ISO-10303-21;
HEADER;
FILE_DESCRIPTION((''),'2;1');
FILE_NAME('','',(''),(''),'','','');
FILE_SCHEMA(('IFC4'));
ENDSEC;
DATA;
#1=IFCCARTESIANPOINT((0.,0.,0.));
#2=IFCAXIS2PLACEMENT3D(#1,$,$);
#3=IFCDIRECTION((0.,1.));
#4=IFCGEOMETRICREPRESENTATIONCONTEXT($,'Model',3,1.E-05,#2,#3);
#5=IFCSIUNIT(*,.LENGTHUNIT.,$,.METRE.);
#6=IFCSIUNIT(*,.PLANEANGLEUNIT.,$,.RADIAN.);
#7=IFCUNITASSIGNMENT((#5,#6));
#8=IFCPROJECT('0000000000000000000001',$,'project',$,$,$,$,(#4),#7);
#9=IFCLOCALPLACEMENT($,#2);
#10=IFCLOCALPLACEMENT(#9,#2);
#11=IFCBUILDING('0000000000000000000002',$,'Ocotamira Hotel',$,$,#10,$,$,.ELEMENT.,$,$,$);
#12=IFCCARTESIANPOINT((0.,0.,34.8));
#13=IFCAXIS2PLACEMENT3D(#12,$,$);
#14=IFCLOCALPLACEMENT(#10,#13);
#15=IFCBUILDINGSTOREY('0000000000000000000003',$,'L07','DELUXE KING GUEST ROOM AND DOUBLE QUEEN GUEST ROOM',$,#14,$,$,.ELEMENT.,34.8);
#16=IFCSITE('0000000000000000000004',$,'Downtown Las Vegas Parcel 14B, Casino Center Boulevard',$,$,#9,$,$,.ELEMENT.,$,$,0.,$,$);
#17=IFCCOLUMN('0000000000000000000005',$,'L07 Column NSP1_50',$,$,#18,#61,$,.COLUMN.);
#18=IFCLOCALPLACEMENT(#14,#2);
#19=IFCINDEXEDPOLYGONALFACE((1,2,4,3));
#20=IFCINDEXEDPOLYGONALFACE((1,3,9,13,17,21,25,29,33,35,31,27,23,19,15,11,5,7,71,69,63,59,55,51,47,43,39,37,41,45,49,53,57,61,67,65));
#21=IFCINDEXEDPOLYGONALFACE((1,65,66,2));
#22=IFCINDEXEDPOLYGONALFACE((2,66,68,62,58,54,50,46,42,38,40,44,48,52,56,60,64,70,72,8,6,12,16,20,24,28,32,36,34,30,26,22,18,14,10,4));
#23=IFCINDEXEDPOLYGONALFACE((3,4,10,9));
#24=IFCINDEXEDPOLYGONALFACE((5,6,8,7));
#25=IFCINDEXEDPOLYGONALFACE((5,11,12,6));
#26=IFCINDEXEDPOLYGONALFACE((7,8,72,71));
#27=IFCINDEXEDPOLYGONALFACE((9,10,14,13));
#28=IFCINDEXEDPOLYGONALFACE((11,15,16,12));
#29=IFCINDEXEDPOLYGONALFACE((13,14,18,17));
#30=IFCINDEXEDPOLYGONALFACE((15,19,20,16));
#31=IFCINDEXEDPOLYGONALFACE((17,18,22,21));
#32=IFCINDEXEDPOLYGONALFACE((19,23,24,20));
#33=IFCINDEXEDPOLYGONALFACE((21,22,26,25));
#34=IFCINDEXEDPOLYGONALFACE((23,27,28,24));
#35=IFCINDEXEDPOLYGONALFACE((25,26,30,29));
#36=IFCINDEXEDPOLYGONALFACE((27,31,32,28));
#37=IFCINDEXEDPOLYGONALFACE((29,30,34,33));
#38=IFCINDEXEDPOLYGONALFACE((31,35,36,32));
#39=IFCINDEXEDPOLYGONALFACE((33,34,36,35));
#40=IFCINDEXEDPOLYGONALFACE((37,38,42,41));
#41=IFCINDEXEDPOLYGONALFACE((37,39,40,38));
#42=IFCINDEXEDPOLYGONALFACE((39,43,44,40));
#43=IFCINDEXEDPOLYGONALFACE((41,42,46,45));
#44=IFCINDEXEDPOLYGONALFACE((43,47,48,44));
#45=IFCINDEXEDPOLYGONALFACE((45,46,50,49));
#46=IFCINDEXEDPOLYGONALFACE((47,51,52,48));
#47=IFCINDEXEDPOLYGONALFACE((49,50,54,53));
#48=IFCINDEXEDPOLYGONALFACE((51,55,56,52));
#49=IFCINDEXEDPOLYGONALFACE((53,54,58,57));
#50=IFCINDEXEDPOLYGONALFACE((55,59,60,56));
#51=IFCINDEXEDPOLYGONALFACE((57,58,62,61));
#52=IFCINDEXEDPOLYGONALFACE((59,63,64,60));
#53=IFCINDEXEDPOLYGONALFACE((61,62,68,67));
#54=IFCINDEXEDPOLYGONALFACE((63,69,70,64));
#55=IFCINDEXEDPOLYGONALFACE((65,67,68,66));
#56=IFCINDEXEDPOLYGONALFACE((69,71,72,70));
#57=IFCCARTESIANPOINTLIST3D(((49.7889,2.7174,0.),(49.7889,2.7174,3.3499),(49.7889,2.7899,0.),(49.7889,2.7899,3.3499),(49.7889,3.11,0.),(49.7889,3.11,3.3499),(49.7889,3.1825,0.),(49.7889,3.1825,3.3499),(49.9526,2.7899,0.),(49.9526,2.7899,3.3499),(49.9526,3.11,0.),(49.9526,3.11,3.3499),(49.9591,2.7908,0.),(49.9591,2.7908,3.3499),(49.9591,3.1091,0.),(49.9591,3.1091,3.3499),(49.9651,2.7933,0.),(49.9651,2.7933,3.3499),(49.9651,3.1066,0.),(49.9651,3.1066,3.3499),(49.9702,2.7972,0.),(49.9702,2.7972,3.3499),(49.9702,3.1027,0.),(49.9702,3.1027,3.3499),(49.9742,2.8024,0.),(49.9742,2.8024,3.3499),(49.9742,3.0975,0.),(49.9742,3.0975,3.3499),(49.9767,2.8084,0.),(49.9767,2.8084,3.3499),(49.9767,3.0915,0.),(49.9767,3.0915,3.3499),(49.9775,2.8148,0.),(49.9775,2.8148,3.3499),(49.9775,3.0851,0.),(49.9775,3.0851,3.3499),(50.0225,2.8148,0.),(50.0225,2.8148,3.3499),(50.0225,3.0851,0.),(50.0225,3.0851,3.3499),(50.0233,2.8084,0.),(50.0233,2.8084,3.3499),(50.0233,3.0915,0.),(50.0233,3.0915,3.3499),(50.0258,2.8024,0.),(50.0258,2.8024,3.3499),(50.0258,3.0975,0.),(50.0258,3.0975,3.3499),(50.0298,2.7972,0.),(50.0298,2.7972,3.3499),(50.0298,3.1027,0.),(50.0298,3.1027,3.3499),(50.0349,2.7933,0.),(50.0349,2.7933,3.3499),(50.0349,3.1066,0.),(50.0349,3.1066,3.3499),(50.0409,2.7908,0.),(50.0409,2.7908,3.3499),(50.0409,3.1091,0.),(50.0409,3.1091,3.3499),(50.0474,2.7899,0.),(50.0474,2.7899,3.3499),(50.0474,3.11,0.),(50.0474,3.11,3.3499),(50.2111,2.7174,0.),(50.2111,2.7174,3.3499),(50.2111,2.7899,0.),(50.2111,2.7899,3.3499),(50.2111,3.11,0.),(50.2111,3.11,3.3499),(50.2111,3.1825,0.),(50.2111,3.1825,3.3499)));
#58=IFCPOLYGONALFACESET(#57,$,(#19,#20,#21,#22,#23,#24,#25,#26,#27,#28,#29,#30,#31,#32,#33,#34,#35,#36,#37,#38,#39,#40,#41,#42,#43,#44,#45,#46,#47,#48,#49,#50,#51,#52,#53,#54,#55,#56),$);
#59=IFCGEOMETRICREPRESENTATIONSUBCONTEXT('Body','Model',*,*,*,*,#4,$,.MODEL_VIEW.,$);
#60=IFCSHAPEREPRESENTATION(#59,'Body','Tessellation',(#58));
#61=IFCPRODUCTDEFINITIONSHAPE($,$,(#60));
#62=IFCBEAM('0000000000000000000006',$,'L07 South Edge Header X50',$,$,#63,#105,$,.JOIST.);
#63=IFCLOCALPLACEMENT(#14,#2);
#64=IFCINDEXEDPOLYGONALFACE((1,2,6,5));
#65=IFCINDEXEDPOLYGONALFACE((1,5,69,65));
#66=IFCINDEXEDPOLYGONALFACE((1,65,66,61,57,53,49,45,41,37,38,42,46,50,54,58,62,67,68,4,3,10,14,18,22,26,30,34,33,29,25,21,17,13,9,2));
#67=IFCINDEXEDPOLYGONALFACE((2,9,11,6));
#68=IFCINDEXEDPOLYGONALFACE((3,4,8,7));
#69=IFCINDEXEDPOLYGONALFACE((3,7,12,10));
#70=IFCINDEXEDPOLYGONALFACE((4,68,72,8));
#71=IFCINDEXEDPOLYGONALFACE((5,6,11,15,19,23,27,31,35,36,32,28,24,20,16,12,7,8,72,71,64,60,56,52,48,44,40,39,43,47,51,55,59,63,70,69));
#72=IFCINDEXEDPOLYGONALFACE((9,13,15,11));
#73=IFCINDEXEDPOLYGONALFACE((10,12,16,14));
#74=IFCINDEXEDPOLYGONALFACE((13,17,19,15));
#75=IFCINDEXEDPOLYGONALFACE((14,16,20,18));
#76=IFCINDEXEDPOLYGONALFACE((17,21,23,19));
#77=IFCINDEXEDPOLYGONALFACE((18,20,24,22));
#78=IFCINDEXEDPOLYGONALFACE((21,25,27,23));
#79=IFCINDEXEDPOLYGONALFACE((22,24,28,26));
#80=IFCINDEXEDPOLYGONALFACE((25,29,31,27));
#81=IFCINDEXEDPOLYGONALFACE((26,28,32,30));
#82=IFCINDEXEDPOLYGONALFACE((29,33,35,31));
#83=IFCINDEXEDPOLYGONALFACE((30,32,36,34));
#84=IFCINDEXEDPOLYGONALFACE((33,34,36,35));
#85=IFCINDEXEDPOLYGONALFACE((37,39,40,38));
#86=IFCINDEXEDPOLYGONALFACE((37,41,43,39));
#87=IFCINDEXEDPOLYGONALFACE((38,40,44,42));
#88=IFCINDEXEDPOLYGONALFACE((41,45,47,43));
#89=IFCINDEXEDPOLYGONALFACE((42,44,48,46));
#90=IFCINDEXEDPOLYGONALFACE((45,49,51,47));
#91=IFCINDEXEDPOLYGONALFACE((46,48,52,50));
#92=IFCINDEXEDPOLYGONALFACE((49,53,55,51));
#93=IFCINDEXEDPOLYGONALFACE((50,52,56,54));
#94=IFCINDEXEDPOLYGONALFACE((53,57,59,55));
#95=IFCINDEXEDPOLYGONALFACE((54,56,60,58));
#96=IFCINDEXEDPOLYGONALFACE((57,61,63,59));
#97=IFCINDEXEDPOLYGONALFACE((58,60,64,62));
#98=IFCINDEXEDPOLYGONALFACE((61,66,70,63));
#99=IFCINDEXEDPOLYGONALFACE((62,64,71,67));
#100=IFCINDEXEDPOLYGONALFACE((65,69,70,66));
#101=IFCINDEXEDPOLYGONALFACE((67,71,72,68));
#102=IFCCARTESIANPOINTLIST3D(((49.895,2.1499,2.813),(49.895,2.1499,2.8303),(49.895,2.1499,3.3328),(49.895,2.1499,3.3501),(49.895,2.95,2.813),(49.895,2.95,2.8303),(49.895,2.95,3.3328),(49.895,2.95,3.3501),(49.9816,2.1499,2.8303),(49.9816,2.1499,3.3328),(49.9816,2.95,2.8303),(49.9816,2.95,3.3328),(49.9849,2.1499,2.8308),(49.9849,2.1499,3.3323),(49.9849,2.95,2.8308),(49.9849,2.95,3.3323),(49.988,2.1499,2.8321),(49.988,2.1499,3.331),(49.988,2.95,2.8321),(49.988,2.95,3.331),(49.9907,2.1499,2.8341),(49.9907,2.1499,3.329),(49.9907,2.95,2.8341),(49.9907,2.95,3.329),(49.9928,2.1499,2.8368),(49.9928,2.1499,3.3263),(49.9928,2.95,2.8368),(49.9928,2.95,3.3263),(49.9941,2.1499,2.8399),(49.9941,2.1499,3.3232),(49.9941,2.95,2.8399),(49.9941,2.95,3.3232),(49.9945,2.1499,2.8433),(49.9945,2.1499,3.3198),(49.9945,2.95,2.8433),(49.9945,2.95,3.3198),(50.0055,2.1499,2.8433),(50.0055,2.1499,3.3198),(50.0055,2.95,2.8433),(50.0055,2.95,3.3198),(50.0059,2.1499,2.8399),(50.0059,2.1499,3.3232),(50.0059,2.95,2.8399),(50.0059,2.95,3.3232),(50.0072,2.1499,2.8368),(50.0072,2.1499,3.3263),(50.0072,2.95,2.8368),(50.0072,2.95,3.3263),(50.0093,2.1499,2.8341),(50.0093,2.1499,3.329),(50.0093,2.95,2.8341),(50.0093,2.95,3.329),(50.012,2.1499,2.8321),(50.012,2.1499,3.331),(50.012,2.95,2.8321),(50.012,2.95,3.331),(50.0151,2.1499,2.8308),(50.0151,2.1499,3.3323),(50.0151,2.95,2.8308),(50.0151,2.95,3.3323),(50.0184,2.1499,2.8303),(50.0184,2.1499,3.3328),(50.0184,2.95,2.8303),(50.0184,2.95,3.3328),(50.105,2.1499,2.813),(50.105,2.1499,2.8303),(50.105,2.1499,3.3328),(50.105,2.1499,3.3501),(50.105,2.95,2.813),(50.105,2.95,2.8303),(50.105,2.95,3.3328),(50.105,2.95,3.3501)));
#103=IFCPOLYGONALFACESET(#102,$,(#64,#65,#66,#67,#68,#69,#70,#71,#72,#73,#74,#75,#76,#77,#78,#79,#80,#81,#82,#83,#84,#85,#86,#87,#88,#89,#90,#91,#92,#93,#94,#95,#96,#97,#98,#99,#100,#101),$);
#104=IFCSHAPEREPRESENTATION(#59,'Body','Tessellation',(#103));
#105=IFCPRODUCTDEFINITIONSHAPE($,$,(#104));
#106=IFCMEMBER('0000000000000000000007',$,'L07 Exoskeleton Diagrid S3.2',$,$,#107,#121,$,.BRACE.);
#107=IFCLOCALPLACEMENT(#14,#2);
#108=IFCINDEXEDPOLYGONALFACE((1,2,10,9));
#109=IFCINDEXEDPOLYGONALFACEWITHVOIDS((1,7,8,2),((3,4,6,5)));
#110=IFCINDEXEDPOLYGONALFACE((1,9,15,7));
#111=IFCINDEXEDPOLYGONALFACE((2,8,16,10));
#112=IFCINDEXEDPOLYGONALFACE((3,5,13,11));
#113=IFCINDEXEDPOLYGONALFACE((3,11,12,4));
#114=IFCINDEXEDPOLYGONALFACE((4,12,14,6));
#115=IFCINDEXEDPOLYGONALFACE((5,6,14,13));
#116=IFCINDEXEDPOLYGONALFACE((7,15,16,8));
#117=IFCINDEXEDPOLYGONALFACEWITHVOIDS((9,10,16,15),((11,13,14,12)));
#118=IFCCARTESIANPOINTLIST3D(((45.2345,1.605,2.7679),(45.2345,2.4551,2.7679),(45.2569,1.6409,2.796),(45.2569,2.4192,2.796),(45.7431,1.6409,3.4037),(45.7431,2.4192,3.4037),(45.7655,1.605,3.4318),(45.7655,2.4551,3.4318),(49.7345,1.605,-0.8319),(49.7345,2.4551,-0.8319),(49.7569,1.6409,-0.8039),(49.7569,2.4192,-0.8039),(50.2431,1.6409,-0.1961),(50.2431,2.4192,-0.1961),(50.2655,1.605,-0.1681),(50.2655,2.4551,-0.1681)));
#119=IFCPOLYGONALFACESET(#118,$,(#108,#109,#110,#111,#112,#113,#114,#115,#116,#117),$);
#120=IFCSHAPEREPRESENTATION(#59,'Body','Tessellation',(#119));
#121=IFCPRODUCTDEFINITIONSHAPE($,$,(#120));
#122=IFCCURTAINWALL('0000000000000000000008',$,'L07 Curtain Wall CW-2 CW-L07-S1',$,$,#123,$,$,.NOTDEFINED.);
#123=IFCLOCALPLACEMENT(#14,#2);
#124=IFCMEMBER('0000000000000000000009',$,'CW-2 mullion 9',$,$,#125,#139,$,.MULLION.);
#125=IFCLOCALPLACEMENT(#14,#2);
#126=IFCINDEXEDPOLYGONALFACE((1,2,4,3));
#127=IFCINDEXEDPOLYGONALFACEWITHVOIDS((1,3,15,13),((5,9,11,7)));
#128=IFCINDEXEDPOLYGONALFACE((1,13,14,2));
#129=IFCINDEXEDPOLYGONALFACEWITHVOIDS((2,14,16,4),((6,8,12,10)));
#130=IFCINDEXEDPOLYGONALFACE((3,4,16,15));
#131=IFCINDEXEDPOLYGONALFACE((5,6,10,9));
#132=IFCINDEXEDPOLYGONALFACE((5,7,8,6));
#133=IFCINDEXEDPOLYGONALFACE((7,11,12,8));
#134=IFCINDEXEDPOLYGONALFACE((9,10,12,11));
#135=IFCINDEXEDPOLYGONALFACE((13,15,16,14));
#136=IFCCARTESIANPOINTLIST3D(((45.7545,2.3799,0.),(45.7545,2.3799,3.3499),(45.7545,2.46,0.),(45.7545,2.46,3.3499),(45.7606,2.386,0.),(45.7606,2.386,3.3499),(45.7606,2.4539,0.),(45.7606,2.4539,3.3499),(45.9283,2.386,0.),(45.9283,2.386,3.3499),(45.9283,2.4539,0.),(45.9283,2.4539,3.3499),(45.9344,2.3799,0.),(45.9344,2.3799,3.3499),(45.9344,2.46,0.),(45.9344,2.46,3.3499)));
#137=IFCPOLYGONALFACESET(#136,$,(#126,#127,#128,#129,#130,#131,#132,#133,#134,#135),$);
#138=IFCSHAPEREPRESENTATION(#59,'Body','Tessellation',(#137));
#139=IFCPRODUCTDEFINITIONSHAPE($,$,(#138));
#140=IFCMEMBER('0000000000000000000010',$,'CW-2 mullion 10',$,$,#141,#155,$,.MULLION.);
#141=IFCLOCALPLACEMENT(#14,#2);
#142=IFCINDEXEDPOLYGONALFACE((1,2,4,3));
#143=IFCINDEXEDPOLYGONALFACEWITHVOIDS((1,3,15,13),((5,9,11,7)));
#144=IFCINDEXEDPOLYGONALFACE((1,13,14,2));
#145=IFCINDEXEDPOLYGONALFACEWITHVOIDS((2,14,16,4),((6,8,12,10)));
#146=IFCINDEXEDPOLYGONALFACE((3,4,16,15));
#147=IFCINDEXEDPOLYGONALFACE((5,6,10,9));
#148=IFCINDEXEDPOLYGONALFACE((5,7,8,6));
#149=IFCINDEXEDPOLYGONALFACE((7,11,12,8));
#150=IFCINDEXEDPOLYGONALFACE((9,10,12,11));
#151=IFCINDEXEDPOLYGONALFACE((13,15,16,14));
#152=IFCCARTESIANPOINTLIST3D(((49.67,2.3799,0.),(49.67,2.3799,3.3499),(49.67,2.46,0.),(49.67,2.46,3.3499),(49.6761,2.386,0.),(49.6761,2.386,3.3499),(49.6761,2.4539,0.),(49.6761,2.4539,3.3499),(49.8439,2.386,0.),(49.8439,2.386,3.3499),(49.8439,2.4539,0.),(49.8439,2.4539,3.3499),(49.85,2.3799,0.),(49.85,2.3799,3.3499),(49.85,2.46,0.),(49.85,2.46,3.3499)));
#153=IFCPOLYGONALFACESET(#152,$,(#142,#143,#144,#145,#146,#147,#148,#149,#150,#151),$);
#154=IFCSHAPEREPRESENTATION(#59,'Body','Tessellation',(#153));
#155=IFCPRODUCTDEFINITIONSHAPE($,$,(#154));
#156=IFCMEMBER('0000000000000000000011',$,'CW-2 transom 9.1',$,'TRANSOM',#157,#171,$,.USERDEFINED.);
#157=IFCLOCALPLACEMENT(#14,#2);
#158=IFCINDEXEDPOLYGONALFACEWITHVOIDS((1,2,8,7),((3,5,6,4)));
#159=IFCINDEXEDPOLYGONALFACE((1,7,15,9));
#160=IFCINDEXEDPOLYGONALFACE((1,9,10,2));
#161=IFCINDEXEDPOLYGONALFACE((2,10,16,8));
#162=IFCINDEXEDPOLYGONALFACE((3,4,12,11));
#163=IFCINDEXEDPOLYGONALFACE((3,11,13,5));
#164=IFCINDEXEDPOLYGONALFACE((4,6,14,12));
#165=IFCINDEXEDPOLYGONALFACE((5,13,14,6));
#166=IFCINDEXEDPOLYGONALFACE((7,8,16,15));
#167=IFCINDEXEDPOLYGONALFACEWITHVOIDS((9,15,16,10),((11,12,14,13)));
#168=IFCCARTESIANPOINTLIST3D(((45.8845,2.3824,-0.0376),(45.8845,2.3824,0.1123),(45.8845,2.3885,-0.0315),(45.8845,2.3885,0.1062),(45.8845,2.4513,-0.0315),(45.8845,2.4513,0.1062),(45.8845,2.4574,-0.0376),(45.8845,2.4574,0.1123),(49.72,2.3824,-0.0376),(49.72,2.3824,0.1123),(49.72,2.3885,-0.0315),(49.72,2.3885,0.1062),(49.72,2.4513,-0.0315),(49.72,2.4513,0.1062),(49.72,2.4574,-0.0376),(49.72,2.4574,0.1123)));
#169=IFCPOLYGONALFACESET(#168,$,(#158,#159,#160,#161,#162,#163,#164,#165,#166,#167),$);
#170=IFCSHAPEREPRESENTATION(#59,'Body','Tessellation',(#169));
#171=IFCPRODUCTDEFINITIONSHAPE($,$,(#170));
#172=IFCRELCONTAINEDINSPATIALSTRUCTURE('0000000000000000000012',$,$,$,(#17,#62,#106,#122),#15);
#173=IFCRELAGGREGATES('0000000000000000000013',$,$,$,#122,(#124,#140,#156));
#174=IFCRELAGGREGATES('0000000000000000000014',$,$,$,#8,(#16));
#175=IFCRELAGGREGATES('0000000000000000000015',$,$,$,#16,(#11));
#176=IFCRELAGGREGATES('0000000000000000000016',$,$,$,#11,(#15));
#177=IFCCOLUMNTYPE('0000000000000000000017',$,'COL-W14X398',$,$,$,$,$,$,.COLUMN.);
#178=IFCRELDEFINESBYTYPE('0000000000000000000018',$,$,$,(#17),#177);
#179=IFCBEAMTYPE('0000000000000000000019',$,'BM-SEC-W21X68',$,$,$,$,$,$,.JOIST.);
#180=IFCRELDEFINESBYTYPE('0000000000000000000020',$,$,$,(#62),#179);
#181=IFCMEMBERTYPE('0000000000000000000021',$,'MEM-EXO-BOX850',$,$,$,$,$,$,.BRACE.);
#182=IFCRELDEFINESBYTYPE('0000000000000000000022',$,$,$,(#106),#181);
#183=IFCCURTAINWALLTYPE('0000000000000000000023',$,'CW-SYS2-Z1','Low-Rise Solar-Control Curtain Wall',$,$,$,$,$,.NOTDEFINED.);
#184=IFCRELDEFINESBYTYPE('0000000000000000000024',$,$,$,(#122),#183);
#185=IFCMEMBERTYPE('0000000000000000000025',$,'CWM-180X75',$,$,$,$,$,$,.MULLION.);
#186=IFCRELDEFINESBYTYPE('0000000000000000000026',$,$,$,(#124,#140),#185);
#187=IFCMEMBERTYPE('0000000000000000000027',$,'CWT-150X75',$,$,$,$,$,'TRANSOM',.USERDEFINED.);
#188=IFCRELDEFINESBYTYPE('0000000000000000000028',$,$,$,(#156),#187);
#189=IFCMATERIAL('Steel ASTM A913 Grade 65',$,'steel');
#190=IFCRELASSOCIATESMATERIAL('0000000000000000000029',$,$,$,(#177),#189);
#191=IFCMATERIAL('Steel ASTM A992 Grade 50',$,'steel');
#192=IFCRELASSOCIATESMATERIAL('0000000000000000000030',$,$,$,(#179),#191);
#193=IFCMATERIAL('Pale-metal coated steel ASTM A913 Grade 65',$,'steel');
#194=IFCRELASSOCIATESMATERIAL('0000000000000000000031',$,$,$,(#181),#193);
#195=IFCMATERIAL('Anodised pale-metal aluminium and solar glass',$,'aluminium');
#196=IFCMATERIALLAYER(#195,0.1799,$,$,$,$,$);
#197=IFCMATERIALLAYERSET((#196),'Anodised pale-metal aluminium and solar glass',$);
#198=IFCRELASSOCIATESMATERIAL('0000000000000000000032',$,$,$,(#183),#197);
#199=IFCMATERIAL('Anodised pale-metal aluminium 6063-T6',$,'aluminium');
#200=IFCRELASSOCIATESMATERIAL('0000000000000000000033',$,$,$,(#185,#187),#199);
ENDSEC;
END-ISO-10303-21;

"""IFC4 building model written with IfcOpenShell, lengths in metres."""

from ifc_helpers import new_model, si_unit, direction, frame, origin, origin_2d, place, context, subcontext, project, spatial, hollow_rectangle, i_section, extrude, source, transform, mapped, material, layer, layer_set, material_profile, profile_set, type_object, element, aggregate, save


model = new_model("IFC4")

# Units and contexts
model_context = context("Model", 3, precision=1e-05, world=origin(), true_north=direction((0.0, 1.0)))
body_context = subcontext(model_context, "Body", "Model", "MODEL_VIEW")
ifc_project = project(units=[si_unit("LENGTHUNIT", "METRE"), si_unit("PLANEANGLEUNIT", "RADIAN")], contexts=[model_context])

# Site, building, storey
site_placement = place(None, origin())
site = spatial("IfcSite", under=ifc_project, at=site_placement, Name="Downtown Las Vegas Parcel 14B, Casino Center Boulevard", CompositionType="ELEMENT", RefElevation=0.0)
building_placement = place(site_placement, origin())
building = spatial("IfcBuilding", under=site, at=building_placement, Name="Ocotamira Hotel", CompositionType="ELEMENT")
storey_placement = place(building_placement, frame((0.0, 0.0, 34.8)))
storey = spatial("IfcBuildingStorey", under=building, at=storey_placement, Name="L07", Description="DELUXE KING GUEST ROOM AND DOUBLE QUEEN GUEST ROOM", CompositionType="ELEMENT", Elevation=34.8)

# Column
ifc_material_1 = material(Name="Steel ASTM A913 Grade 65", Category="steel")
ifc_material_profile_1 = material_profile(ifc_material_1, i_section(OverallWidth=0.4221, OverallDepth=0.4651, WebThickness=0.0449, FlangeThickness=0.0725, FilletRadius=0.0249, at=origin_2d()), Name="W14X398")
ifc_profile_set_1 = profile_set([ifc_material_profile_1], Name="Steel ASTM A913 Grade 65")
column_type = type_object("IfcColumnType", Name="COL-W14X398", PredefinedType="COLUMN", material=ifc_profile_set_1)
shared_shape_1 = source(origin(), body_context, "Body", "SweptSolid", [
    extrude(i_section(OverallWidth=0.4221, OverallDepth=0.4651, WebThickness=0.0449, FlangeThickness=0.0725, FilletRadius=0.0249, at=origin_2d()), origin(), (0.0, 0.0, 1.0), 3.3499),
])
column_placement = place(storey_placement, frame((50.0, 2.95, 0.0), z_axis=(0.0, 0.0, 1.0), x_axis=(1.0, 0.0, 0.0)))
element("IfcColumn", 1, at=column_placement, inside=storey, type_object=column_type, Name="L07 Column NSP1_50", PredefinedType="COLUMN", context=body_context, shape_type="MappedRepresentation", body=[
    mapped(shared_shape_1, transform((0.0, 0.0, 0.0), scale=1.0)),
])

# Beam
ifc_material_2 = material(Name="Steel ASTM A992 Grade 50", Category="steel")
ifc_material_profile_2 = material_profile(ifc_material_2, i_section(OverallWidth=0.21, OverallDepth=0.5371, WebThickness=0.011, FlangeThickness=0.0173, FilletRadius=0.0129, at=origin_2d()), Name="W21X68")
ifc_profile_set_2 = profile_set([ifc_material_profile_2], Name="Steel ASTM A992 Grade 50")
beam_type = type_object("IfcBeamType", Name="BM-SEC-W21X68", PredefinedType="JOIST", material=ifc_profile_set_2)
shared_shape_2 = source(origin(), body_context, "Body", "SweptSolid", [
    extrude(i_section(OverallWidth=0.21, OverallDepth=0.5371, WebThickness=0.011, FlangeThickness=0.0173, FilletRadius=0.0129, at=origin_2d()), origin(), (0.0, 0.0, 1.0), 0.8),
])
beam_placement = place(storey_placement, frame((50.0, 2.95, 3.0815), z_axis=(0.0, -1.0, 0.0), x_axis=(1.0, 0.0, 0.0)))
element("IfcBeam", 2, at=beam_placement, inside=storey, type_object=beam_type, Name="L07 South Edge Header X50", PredefinedType="JOIST", context=body_context, shape_type="MappedRepresentation", body=[
    mapped(shared_shape_2, transform((0.0, 0.0, 0.0), scale=1.0)),
])

# Member
ifc_material_3 = material(Name="Pale-metal coated steel ASTM A913 Grade 65", Category="steel")
ifc_material_profile_3 = material_profile(ifc_material_3, hollow_rectangle(XDim=0.8501, YDim=0.8501, WallThickness=0.0359, at=origin_2d()), Name="BOX850X850X36")
ifc_profile_set_3 = profile_set([ifc_material_profile_3], Name="Pale-metal coated steel ASTM A913 Grade 65")
member_type_1 = type_object("IfcMemberType", Name="MEM-EXO-BOX850", PredefinedType="BRACE", material=ifc_profile_set_3)
shared_shape_3 = source(origin(), body_context, "Body", "SweptSolid", [
    extrude(hollow_rectangle(XDim=0.8501, YDim=0.8501, WallThickness=0.0359, at=origin_2d()), origin(), (0.0, 0.0, 1.0), 5.7627),
])
member_1_placement = place(storey_placement, frame((50.0, 2.03, -0.5), z_axis=(-0.780881, 0.0, 0.62468), x_axis=(0.0, -1.0, 0.0)))
element("IfcMember", 3, at=member_1_placement, inside=storey, type_object=member_type_1, Name="L07 Exoskeleton Diagrid S3.2", PredefinedType="BRACE", context=body_context, shape_type="MappedRepresentation", body=[
    mapped(shared_shape_3, transform((0.0, 0.0, 0.0), scale=1.0)),
])

# Curtain wall, members
ifc_material_4 = material(Name="Anodised pale-metal aluminium and solar glass", Category="aluminium")
ifc_layer_1 = layer(ifc_material_4, 0.1799)
ifc_layer_set_1 = layer_set([ifc_layer_1], Name="Anodised pale-metal aluminium and solar glass")
curtain_wall_type = type_object("IfcCurtainWallType", Name="CW-SYS2-Z1", Description="Low-Rise Solar-Control Curtain Wall", PredefinedType="NOTDEFINED", material=ifc_layer_set_1)
curtain_wall_placement = place(storey_placement, origin())
curtain_wall = element("IfcCurtainWall", 4, at=curtain_wall_placement, inside=storey, type_object=curtain_wall_type, Name="L07 Curtain Wall CW-2 CW-L07-S1", PredefinedType="NOTDEFINED")
ifc_material_5 = material(Name="Anodised pale-metal aluminium 6063-T6", Category="aluminium")
ifc_material_profile_4 = material_profile(ifc_material_5, hollow_rectangle(XDim=0.0801, YDim=0.1799, WallThickness=0.0061, at=origin_2d()), Name="HSS180X80X6")
ifc_profile_set_4 = profile_set([ifc_material_profile_4], Name="Anodised pale-metal aluminium 6063-T6")
member_type_2 = type_object("IfcMemberType", Name="CWM-180X75", PredefinedType="MULLION", material=ifc_profile_set_4)
shared_shape_4 = source(origin(), body_context, "Body", "SweptSolid", [
    extrude(hollow_rectangle(XDim=0.0801, YDim=0.1799, WallThickness=0.0061, at=origin_2d()), origin(), (0.0, 0.0, 1.0), 3.3499),
])
member_2_placement = place(storey_placement, frame((45.8445, 2.4199, 0.0), z_axis=(0.0, 0.0, 1.0), x_axis=(0.0, 1.0, 0.0)))
member_2 = element("IfcMember", 5, at=member_2_placement, type_object=member_type_2, Name="CW-2 mullion 9", PredefinedType="MULLION", context=body_context, shape_type="MappedRepresentation", body=[
    mapped(shared_shape_4, transform((0.0, 0.0, 0.0), scale=1.0)),
])
member_3_placement = place(storey_placement, frame((49.76, 2.4199, 0.0), z_axis=(0.0, 0.0, 1.0), x_axis=(0.0, 1.0, 0.0)))
member_3 = element("IfcMember", 6, at=member_3_placement, type_object=member_type_2, Name="CW-2 mullion 10", PredefinedType="MULLION", context=body_context, shape_type="MappedRepresentation", body=[
    mapped(shared_shape_4, transform((0.0, 0.0, 0.0), scale=1.0)),
])
ifc_material_profile_5 = material_profile(ifc_material_5, hollow_rectangle(XDim=0.075, YDim=0.1499, WallThickness=0.0061, at=origin_2d()), Name="HSS150X75X6")
ifc_profile_set_5 = profile_set([ifc_material_profile_5], Name="Anodised pale-metal aluminium 6063-T6")
member_type_3 = type_object("IfcMemberType", Name="CWT-150X75", ElementType="TRANSOM", PredefinedType="USERDEFINED", material=ifc_profile_set_5)
shared_shape_5 = source(origin(), body_context, "Body", "SweptSolid", [
    extrude(hollow_rectangle(XDim=0.075, YDim=0.1499, WallThickness=0.0061, at=origin_2d()), origin(), (0.0, 0.0, 1.0), 3.8354),
])
member_4_placement = place(storey_placement, frame((45.8845, 2.4199, 0.0374), z_axis=(1.0, 0.0, 0.0), x_axis=(0.0, 1.0, 0.0)))
member_4 = element("IfcMember", 7, at=member_4_placement, type_object=member_type_3, Name="CW-2 transom 9.1", ObjectType="TRANSOM", PredefinedType="USERDEFINED", context=body_context, shape_type="MappedRepresentation", body=[
    mapped(shared_shape_5, transform((0.0, 0.0, 0.0), scale=1.0)),
])
aggregate(curtain_wall, [member_2, member_3, member_4])

save(model, "model.ifc")
